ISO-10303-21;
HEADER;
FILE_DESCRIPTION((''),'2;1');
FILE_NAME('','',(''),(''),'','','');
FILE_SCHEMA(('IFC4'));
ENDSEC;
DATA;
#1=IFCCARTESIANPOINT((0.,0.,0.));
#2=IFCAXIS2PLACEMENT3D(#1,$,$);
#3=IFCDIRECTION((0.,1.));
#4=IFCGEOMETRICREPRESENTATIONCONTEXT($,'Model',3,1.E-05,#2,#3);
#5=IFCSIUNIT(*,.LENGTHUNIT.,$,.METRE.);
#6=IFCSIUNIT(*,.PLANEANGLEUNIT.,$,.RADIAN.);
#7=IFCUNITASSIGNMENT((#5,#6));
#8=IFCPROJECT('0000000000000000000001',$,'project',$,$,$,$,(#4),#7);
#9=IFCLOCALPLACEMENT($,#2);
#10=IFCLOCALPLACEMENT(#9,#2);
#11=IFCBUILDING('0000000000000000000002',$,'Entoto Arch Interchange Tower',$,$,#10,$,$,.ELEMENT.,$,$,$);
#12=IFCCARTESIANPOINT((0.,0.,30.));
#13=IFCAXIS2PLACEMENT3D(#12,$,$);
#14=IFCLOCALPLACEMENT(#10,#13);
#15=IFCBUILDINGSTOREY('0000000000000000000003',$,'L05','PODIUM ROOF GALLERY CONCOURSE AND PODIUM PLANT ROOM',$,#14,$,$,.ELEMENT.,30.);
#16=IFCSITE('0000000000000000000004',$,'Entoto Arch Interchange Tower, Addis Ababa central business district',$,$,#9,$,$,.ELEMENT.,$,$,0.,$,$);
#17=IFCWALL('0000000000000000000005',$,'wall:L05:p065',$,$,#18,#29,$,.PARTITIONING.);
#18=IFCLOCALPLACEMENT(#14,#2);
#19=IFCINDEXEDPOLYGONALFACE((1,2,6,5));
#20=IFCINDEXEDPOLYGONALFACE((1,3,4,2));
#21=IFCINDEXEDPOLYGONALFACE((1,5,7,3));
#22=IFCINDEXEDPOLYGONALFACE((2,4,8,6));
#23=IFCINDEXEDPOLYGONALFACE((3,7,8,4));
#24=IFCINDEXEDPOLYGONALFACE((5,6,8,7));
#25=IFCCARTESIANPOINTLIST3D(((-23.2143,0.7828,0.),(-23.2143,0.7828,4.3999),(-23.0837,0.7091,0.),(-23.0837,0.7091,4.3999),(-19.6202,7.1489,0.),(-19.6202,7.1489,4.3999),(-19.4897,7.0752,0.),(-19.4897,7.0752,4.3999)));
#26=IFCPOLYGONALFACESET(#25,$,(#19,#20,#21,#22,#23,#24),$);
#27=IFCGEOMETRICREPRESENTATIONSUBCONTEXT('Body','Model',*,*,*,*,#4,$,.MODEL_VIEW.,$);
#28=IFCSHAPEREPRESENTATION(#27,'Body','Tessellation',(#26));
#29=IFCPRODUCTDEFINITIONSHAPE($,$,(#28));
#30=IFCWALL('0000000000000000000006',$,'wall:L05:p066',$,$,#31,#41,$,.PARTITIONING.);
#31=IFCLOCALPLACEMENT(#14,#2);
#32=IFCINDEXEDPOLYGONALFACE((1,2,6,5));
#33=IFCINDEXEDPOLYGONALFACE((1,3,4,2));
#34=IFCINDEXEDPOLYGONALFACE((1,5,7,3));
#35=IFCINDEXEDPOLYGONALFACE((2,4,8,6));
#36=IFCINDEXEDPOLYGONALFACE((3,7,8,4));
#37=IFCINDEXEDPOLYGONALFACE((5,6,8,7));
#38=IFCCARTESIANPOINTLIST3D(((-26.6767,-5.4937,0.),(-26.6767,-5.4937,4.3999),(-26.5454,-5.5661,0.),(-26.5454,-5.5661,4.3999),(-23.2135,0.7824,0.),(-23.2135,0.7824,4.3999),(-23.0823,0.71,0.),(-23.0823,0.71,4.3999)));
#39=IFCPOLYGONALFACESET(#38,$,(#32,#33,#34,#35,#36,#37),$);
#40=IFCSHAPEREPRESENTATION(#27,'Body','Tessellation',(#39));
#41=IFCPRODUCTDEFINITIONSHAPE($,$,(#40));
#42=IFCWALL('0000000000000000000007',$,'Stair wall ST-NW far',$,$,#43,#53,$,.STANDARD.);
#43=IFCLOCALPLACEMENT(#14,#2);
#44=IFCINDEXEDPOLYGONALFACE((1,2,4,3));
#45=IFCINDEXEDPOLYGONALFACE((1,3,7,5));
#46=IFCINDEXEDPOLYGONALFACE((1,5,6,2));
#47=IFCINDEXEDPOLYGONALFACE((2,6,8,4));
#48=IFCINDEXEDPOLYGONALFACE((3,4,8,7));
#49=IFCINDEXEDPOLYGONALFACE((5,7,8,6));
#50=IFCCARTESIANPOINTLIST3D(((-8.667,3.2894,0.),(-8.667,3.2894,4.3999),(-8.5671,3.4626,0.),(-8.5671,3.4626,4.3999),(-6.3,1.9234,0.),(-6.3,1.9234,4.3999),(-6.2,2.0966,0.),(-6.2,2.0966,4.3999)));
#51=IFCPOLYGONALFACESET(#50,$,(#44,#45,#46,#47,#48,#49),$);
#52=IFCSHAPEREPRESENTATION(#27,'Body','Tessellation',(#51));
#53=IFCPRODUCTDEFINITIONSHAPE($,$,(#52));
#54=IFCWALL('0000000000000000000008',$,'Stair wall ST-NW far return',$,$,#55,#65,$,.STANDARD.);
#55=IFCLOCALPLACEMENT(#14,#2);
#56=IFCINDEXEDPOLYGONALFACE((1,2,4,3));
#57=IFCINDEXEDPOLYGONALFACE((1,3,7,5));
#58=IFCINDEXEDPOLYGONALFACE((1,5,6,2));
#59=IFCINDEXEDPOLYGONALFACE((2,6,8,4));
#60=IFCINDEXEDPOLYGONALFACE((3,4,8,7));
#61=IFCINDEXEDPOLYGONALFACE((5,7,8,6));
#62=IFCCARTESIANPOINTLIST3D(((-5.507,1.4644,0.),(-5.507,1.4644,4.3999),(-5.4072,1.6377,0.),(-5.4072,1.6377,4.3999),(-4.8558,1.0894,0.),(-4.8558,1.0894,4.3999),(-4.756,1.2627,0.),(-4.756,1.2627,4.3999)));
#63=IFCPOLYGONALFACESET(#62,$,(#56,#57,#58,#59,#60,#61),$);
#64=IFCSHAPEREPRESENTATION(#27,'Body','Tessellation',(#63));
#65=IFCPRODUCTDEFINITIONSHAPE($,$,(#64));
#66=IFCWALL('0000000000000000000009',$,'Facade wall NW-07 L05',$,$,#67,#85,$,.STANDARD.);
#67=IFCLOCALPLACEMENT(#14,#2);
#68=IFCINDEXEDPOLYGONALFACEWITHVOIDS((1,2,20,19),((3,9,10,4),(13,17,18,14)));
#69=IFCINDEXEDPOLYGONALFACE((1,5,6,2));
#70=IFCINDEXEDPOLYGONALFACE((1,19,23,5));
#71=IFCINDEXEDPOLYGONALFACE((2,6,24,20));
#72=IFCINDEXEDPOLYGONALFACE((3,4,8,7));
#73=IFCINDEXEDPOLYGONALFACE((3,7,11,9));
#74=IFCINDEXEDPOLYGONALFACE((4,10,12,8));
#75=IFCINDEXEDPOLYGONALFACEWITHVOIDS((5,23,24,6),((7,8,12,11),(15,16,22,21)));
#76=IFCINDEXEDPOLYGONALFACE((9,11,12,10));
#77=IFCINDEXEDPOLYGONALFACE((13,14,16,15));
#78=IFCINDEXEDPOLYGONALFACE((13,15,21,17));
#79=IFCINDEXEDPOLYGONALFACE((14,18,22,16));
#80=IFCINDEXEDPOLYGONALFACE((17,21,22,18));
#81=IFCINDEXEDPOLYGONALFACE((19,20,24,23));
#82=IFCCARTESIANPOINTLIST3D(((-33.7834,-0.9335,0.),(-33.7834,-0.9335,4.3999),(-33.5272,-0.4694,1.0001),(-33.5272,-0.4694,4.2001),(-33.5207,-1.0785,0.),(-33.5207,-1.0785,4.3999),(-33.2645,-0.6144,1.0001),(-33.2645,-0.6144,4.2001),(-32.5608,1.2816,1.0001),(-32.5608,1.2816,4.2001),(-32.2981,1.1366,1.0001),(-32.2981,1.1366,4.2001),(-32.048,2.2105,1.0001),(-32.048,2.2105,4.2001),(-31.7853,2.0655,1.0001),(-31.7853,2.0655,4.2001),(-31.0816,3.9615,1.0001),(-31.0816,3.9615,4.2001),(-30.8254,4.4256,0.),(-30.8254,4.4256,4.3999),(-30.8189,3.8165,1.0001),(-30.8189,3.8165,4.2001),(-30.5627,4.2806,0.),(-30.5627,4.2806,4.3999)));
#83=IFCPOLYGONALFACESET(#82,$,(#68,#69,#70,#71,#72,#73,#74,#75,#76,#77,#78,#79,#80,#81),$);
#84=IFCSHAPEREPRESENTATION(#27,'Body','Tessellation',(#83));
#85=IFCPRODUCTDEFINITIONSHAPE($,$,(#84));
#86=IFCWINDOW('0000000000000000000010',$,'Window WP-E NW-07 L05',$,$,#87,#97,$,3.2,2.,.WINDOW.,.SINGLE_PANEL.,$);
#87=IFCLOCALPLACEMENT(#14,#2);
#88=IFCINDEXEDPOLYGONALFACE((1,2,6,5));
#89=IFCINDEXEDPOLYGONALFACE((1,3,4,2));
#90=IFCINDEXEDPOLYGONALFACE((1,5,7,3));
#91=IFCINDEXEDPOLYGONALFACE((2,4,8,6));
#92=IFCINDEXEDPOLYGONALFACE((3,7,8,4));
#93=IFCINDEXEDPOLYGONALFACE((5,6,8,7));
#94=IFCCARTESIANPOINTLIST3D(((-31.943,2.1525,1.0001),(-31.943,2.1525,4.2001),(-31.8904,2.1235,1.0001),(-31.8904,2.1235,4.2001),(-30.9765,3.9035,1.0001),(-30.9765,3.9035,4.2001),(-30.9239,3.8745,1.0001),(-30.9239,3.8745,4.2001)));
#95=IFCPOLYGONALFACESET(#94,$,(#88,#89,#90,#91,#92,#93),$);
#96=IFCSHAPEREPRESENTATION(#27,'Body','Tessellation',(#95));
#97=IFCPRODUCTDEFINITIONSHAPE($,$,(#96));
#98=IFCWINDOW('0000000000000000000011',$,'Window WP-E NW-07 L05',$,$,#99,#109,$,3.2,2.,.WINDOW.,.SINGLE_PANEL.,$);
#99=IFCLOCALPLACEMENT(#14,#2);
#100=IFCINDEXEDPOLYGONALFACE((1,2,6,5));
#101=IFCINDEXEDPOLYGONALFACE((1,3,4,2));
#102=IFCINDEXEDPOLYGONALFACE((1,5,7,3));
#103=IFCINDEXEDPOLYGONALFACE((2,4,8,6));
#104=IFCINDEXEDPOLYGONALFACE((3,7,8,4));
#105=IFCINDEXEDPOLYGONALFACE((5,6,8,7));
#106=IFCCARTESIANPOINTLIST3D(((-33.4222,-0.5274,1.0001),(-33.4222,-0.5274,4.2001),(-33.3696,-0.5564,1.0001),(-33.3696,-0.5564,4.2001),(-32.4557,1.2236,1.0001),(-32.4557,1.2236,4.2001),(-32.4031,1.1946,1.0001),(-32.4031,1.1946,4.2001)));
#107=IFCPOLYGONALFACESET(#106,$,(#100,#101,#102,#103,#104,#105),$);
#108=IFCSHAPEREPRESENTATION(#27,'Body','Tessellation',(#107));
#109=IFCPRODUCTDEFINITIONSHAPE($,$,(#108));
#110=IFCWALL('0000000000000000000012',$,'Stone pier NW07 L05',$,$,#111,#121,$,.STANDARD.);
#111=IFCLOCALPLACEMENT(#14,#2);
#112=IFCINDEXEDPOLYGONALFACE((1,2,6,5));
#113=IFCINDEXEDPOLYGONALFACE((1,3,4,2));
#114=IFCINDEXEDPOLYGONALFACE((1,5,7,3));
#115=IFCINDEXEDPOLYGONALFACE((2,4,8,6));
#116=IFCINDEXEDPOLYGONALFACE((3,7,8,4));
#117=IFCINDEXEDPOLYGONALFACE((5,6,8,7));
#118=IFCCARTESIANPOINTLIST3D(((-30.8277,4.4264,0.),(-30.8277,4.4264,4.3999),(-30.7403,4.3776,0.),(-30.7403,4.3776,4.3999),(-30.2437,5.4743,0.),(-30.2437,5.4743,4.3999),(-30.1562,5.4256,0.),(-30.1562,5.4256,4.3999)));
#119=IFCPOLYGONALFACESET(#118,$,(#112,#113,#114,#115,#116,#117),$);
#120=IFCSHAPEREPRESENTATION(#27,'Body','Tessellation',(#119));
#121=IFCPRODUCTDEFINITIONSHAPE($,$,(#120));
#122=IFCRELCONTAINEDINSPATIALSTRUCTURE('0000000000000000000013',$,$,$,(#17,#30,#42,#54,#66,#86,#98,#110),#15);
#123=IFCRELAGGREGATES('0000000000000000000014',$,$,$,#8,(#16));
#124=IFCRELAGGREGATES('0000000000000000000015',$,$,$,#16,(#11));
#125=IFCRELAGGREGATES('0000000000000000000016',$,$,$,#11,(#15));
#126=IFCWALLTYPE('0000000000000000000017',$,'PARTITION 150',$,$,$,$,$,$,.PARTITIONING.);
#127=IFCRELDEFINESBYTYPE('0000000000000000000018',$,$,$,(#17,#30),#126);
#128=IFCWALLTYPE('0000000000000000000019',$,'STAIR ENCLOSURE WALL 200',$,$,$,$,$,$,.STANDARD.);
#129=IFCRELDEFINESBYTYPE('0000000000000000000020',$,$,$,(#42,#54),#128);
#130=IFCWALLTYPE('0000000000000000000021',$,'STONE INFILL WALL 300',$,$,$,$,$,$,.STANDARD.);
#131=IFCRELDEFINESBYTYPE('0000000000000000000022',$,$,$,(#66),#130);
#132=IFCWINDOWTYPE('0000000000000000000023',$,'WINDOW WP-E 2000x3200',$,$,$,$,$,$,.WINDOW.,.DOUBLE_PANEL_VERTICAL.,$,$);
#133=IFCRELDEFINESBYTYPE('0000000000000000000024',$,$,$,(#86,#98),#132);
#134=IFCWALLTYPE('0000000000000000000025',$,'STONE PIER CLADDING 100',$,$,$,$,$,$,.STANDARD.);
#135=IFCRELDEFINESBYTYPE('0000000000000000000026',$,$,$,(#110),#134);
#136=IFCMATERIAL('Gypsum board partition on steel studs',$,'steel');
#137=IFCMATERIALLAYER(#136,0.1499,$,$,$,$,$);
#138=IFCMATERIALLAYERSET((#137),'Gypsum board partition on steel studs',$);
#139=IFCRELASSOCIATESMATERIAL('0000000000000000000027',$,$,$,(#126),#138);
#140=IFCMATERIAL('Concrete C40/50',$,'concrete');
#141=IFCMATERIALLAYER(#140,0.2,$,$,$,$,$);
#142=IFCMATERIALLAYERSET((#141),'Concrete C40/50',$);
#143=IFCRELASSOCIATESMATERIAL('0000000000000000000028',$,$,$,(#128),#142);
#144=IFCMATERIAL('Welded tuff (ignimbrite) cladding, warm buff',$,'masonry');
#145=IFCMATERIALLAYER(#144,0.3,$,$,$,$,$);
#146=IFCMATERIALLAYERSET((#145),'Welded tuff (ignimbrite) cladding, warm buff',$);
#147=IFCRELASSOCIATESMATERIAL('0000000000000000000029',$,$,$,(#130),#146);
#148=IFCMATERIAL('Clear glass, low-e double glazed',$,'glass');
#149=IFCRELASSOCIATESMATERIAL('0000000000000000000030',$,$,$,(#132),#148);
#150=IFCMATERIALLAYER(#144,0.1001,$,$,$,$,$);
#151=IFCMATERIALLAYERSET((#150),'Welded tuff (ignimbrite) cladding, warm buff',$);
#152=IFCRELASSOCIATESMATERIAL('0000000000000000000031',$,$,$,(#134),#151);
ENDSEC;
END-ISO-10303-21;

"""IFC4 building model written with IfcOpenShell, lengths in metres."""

from ifc_helpers import new_model, si_unit, direction, frame, frame_2d, origin, place, context, subcontext, project, spatial, rectangle, extrude, material, layer, layer_set, type_object, element, fill, save


model = new_model("IFC4")

# Units and contexts
model_context = context("Model", 3, precision=1e-05, world=origin(), true_north=direction((0.0, 1.0)))
body_context = subcontext(model_context, "Body", "Model", "MODEL_VIEW")
ifc_project = project(units=[si_unit("LENGTHUNIT", "METRE"), si_unit("PLANEANGLEUNIT", "RADIAN")], contexts=[model_context])

# Site, building, storey
site_placement = place(None, origin())
site = spatial("IfcSite", under=ifc_project, at=site_placement, Name="Entoto Arch Interchange Tower, Addis Ababa central business district", CompositionType="ELEMENT", RefElevation=0.0)
building_placement = place(site_placement, origin())
building = spatial("IfcBuilding", under=site, at=building_placement, Name="Entoto Arch Interchange Tower", CompositionType="ELEMENT")
storey_placement = place(building_placement, frame((0.0, 0.0, 30.0)))
storey = spatial("IfcBuildingStorey", under=building, at=storey_placement, Name="L05", Description="PODIUM ROOF GALLERY CONCOURSE AND PODIUM PLANT ROOM", CompositionType="ELEMENT", Elevation=30.0)

# Shared definitions
ifc_material_1 = material(Name="Concrete C40/50", Category="concrete")

# Walls
ifc_material_2 = material(Name="Gypsum board partition on steel studs", Category="steel")
ifc_layer_1 = layer(ifc_material_2, 0.1499)
ifc_layer_set_1 = layer_set([ifc_layer_1], Name="Gypsum board partition on steel studs")
wall_type_1 = type_object("IfcWallType", Name="PARTITION 150", PredefinedType="PARTITIONING", material=ifc_layer_set_1)
wall_1_placement = place(storey_placement, frame((-19.5549, 7.1121, 0.0), z_axis=(0.0, 0.0, 1.0), x_axis=(-0.491626, -0.870807, 0.0)))
element("IfcWall", 1, at=wall_1_placement, inside=storey, type_object=wall_type_1, Name="wall:L05:p065", PredefinedType="PARTITIONING", context=body_context, shape_type="SweptSolid", body=[
    extrude(rectangle(XDim=7.3105, YDim=0.1499, at=frame_2d((3.6553, 0.0))), origin(), (0.0, 0.0, 1.0), 4.3999),
])
wall_2_placement = place(storey_placement, frame((-23.1479, 0.7461, 0.0), z_axis=(0.0, 0.0, 1.0), x_axis=(-0.483125, -0.875551, 0.0)))
element("IfcWall", 2, at=wall_2_placement, inside=storey, type_object=wall_type_1, Name="wall:L05:p066", PredefinedType="PARTITIONING", context=body_context, shape_type="SweptSolid", body=[
    extrude(rectangle(XDim=7.1682, YDim=0.1499, at=frame_2d((3.584, 0.0))), origin(), (0.0, 0.0, 1.0), 4.3999),
])
ifc_layer_2 = layer(ifc_material_1, 0.2)
ifc_layer_set_2 = layer_set([ifc_layer_2], Name="Concrete C40/50")
wall_type_2 = type_object("IfcWallType", Name="STAIR ENCLOSURE WALL 200", PredefinedType="STANDARD", material=ifc_layer_set_2)
wall_3_placement = place(storey_placement, frame((-6.25, 2.01, 0.0), z_axis=(0.0, 0.0, 1.0), x_axis=(-0.866119, 0.499838, 0.0)))
element("IfcWall", 3, at=wall_3_placement, inside=storey, type_object=wall_type_2, Name="Stair wall ST-NW far", PredefinedType="STANDARD", context=body_context, shape_type="SweptSolid", body=[
    extrude(rectangle(XDim=2.7329, YDim=0.2, at=frame_2d((1.3665, 0.0))), origin(), (0.0, 0.0, 1.0), 4.3999),
])
wall_4_placement = place(storey_placement, frame((-4.8059, 1.176, 0.0), z_axis=(0.0, 0.0, 1.0), x_axis=(-0.866559, 0.499075, 0.0)))
element("IfcWall", 4, at=wall_4_placement, inside=storey, type_object=wall_type_2, Name="Stair wall ST-NW far return", PredefinedType="STANDARD", context=body_context, shape_type="SweptSolid", body=[
    extrude(rectangle(XDim=0.7515, YDim=0.2, at=frame_2d((0.3757, 0.0))), origin(), (0.0, 0.0, 1.0), 4.3999),
])

# Wall, openings, windows
ifc_material_3 = material(Name="Welded tuff (ignimbrite) cladding, warm buff", Category="masonry")
ifc_layer_3 = layer(ifc_material_3, 0.3)
ifc_layer_set_3 = layer_set([ifc_layer_3], Name="Welded tuff (ignimbrite) cladding, warm buff")
wall_type_3 = type_object("IfcWallType", Name="STONE INFILL WALL 300", PredefinedType="STANDARD", material=ifc_layer_set_3)
wall_5_placement = place(storey_placement, frame((-30.6941, 4.353, 0.0), z_axis=(0.0, 0.0, 1.0), x_axis=(-0.483233, -0.875492, 0.0)))
wall_5 = element("IfcWall", 5, at=wall_5_placement, inside=storey, type_object=wall_type_3, Name="Facade wall NW-07 L05", PredefinedType="STANDARD", context=body_context, shape_type="SweptSolid", body=[
    extrude(rectangle(XDim=6.1213, YDim=0.3, at=frame_2d((3.0605, 0.0))), origin(), (0.0, 0.0, 1.0), 4.3999),
])
opening_1_placement = place(wall_5_placement, frame((0.53, 0.0, 1.0)))
opening_1 = element("IfcOpeningElement", 6, at=opening_1_placement, cuts=wall_5, PredefinedType="OPENING", context=body_context, shape_type="SweptSolid", body=[
    extrude(rectangle(XDim=2.0, YDim=3.2, at=frame_2d((1.0, 1.6001))), frame((0.0, 0.1602, 0.0), z_axis=(0.0, -1.0, 0.0), x_axis=(1.0, 0.0, 0.0)), (0.0, 0.0, 1.0), 0.3201),
])
opening_2_placement = place(wall_5_placement, frame((3.5911, 0.0, 1.0)))
opening_2 = element("IfcOpeningElement", 7, at=opening_2_placement, cuts=wall_5, PredefinedType="OPENING", context=body_context, shape_type="SweptSolid", body=[
    extrude(rectangle(XDim=2.0, YDim=3.2, at=frame_2d((1.0, 1.6001))), frame((0.0, 0.1602, 0.0), z_axis=(0.0, -1.0, 0.0), x_axis=(1.0, 0.0, 0.0)), (0.0, 0.0, 1.0), 0.3201),
])
ifc_material_4 = material(Name="Clear glass, low-e double glazed", Category="glass")
window_type = type_object("IfcWindowType", Name="WINDOW WP-E 2000x3200", PartitioningType="DOUBLE_PANEL_VERTICAL", PredefinedType="WINDOW", material=ifc_material_4)
window_1_placement = place(opening_1_placement, origin())
window_1 = element("IfcWindow", 8, at=window_1_placement, inside=storey, type_object=window_type, Name="Window WP-E NW-07 L05", OverallHeight=3.2, OverallWidth=2.0, PartitioningType="SINGLE_PANEL", PredefinedType="WINDOW", context=body_context, shape_type="SweptSolid", body=[
    extrude(rectangle(XDim=2.0, YDim=3.2, at=frame_2d((1.0, 1.6001))), frame((0.0, 0.03, 0.0), z_axis=(0.0, -1.0, 0.0), x_axis=(1.0, 0.0, 0.0)), (0.0, 0.0, 1.0), 0.0601),
])
fill(opening_1, window_1)
window_2_placement = place(opening_2_placement, origin())
window_2 = element("IfcWindow", 9, at=window_2_placement, inside=storey, type_object=window_type, Name="Window WP-E NW-07 L05", OverallHeight=3.2, OverallWidth=2.0, PartitioningType="SINGLE_PANEL", PredefinedType="WINDOW", context=body_context, shape_type="SweptSolid", body=[
    extrude(rectangle(XDim=2.0, YDim=3.2, at=frame_2d((1.0, 1.6001))), frame((0.0, 0.03, 0.0), z_axis=(0.0, -1.0, 0.0), x_axis=(1.0, 0.0, 0.0)), (0.0, 0.0, 1.0), 0.0601),
])
fill(opening_2, window_2)

# Wall
ifc_layer_4 = layer(ifc_material_3, 0.1001)
ifc_layer_set_4 = layer_set([ifc_layer_4], Name="Welded tuff (ignimbrite) cladding, warm buff")
wall_type_4 = type_object("IfcWallType", Name="STONE PIER CLADDING 100", PredefinedType="STANDARD", material=ifc_layer_set_4)
wall_6_placement = place(storey_placement, frame((-30.2, 5.45, 0.0), z_axis=(0.0, 0.0, 1.0), x_axis=(-0.486818, -0.873504, 0.0)))
element("IfcWall", 10, at=wall_6_placement, inside=storey, type_object=wall_type_4, Name="Stone pier NW07 L05", PredefinedType="STANDARD", context=body_context, shape_type="SweptSolid", body=[
    extrude(rectangle(XDim=1.1997, YDim=0.1001, at=frame_2d((0.5999, 0.0))), origin(), (0.0, 0.0, 1.0), 4.3999),
])

save(model, "model.ifc")
